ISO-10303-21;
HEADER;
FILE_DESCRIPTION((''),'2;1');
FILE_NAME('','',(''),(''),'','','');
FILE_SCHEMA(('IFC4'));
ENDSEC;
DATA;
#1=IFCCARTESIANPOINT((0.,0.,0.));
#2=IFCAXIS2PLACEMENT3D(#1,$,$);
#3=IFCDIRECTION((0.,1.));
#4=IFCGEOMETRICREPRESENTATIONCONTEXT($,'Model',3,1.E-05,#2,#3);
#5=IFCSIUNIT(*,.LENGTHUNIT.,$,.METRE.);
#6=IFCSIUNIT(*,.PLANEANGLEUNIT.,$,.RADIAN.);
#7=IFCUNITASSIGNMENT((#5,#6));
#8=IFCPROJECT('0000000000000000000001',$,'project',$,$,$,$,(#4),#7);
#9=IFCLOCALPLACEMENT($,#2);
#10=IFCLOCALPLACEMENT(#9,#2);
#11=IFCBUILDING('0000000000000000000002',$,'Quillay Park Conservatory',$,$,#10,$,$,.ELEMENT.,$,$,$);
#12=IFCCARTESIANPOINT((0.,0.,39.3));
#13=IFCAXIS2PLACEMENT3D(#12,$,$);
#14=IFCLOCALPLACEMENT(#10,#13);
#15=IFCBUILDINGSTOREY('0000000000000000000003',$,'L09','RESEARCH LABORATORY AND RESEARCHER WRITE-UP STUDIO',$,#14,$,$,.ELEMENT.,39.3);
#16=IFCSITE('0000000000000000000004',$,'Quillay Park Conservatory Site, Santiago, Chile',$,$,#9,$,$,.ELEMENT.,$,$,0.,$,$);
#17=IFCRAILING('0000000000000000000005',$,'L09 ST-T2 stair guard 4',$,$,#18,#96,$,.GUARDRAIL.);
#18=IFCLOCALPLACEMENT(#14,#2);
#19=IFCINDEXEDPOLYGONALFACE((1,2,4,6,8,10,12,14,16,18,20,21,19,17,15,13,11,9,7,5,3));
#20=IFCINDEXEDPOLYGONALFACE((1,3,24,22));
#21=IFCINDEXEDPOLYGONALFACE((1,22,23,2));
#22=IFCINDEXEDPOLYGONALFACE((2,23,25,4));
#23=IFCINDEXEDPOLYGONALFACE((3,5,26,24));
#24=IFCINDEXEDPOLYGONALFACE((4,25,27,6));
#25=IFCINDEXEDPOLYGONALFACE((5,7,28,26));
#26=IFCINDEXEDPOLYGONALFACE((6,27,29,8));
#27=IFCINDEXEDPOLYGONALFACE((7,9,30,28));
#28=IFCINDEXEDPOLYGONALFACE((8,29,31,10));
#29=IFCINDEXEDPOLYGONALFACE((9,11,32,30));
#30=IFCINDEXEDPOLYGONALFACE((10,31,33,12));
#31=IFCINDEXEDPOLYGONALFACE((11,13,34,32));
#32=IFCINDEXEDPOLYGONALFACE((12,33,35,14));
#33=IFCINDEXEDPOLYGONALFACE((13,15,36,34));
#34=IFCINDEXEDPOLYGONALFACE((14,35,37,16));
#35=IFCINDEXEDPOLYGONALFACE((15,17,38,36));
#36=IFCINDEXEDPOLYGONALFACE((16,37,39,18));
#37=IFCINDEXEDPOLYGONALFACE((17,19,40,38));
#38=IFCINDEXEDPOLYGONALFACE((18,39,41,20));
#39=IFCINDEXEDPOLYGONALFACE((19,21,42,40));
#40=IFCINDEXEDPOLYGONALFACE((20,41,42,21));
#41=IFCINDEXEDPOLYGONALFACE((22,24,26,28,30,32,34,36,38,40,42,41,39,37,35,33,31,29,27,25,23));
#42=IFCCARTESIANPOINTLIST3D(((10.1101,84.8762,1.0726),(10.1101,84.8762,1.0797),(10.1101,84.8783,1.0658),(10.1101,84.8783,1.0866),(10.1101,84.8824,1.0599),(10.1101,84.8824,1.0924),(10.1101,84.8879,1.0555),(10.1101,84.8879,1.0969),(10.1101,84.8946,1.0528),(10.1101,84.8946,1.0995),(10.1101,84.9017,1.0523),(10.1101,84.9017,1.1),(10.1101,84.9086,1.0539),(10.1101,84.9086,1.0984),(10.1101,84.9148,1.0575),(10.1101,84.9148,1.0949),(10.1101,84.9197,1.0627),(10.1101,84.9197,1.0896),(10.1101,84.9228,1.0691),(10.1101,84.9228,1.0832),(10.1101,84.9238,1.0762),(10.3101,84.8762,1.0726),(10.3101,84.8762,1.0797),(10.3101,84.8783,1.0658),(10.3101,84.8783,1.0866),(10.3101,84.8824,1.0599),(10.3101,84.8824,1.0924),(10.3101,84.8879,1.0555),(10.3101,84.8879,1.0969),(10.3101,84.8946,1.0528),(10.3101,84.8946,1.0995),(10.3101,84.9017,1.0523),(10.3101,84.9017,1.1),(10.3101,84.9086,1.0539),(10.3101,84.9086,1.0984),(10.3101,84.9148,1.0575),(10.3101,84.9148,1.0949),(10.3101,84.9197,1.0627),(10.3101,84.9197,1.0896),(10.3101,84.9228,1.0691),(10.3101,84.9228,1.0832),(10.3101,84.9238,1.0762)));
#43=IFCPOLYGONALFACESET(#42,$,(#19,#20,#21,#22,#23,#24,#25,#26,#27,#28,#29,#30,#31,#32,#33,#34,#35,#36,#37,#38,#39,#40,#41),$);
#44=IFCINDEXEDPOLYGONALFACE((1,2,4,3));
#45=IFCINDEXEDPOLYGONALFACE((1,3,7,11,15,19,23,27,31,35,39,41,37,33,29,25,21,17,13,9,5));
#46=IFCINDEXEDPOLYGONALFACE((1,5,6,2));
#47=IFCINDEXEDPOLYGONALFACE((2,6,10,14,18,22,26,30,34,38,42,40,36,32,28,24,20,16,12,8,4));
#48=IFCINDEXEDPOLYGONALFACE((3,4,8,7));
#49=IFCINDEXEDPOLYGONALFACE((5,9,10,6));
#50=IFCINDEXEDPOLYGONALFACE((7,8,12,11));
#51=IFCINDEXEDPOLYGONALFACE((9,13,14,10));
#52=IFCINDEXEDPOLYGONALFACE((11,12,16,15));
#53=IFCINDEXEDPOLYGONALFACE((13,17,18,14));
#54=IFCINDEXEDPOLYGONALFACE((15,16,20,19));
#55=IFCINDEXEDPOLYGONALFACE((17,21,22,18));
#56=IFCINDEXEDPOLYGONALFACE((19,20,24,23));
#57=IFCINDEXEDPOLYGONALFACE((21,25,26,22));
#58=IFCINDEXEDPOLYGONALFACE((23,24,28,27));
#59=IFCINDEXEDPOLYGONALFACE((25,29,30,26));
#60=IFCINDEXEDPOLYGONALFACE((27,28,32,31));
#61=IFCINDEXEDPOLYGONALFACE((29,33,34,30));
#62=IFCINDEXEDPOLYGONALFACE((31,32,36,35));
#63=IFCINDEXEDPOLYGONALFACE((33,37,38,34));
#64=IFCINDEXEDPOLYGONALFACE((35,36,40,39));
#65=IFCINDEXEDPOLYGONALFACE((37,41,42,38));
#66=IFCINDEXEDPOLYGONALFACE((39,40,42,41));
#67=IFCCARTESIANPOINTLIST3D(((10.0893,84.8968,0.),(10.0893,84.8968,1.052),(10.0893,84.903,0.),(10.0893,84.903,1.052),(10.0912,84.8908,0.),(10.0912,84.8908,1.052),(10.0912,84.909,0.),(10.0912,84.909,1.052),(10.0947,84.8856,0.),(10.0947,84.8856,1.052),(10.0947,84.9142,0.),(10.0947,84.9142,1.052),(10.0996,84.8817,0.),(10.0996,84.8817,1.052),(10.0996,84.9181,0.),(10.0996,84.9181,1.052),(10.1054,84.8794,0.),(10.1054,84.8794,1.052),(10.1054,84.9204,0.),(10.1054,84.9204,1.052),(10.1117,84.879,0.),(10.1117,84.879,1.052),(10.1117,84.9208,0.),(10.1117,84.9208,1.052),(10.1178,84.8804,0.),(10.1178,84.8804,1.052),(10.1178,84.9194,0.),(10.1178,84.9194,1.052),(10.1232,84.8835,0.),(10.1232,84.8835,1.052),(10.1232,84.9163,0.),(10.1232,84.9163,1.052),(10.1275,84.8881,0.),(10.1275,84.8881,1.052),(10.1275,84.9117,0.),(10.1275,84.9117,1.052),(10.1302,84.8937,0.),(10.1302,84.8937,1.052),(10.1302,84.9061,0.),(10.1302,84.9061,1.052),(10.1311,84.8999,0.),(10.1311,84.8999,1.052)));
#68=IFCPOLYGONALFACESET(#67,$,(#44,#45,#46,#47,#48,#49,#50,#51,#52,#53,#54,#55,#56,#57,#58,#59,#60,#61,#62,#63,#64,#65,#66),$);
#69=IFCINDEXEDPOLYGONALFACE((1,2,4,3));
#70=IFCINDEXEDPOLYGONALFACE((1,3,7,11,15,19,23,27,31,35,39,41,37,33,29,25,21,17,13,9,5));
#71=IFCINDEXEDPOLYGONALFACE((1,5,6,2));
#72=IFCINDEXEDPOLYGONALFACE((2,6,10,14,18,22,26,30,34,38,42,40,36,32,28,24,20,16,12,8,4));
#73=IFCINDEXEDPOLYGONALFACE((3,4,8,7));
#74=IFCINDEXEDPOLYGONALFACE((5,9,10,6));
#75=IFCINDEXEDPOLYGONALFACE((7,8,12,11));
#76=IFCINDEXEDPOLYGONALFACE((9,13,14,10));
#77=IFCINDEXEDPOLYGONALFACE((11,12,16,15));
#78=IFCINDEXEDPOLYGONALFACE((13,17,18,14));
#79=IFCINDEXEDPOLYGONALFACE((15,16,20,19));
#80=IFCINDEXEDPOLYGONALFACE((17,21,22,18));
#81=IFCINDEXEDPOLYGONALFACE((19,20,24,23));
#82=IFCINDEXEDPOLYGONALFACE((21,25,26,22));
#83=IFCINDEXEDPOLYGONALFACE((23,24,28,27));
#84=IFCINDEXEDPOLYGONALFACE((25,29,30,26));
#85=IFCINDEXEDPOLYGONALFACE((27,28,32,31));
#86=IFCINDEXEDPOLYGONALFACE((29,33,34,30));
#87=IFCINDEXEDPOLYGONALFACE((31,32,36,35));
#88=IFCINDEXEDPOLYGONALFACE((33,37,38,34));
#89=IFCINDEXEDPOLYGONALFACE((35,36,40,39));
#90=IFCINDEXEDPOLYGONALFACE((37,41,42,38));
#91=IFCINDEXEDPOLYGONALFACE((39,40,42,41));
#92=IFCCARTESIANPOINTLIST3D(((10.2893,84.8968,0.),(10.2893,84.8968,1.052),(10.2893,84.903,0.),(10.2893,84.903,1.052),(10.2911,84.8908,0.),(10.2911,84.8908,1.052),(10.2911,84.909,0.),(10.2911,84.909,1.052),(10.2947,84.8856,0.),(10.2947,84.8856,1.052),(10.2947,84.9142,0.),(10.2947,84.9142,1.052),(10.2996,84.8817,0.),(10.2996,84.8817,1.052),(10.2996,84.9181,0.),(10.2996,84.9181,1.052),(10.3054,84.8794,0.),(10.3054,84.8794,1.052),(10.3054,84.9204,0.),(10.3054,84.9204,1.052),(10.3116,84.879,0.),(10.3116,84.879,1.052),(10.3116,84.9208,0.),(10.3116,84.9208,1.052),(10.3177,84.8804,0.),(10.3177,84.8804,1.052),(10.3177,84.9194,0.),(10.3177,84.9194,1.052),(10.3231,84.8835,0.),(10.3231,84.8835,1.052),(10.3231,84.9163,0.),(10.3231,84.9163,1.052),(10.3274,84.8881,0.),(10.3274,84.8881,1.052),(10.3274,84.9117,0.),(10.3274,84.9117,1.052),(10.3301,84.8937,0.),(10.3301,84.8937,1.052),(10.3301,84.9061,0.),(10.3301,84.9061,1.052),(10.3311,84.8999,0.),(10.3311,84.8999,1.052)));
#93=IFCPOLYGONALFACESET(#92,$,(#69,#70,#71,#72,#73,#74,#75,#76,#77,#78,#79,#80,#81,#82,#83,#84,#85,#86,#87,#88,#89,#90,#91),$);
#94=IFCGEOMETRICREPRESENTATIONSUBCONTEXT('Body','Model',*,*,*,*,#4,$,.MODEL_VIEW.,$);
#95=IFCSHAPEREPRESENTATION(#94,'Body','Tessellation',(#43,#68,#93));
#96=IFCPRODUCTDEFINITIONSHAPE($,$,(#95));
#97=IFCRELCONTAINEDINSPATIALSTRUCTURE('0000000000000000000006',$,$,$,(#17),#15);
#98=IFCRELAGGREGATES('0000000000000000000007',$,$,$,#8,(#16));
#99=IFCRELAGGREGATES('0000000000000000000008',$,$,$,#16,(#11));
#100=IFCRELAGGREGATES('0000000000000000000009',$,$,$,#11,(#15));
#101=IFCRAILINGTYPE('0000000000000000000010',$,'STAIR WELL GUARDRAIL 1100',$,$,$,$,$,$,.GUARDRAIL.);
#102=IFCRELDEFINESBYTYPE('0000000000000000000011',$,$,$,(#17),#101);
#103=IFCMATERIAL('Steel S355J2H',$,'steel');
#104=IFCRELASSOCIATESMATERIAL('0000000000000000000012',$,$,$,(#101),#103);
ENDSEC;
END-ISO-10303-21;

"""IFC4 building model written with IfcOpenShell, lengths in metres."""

from ifc_helpers import new_model, si_unit, direction, frame, origin, origin_2d, place, context, subcontext, project, spatial, circle, extrude, material, type_object, element, save


model = new_model("IFC4")

# Units and contexts
model_context = context("Model", 3, precision=1e-05, world=origin(), true_north=direction((0.0, 1.0)))
body_context = subcontext(model_context, "Body", "Model", "MODEL_VIEW")
ifc_project = project(units=[si_unit("LENGTHUNIT", "METRE"), si_unit("PLANEANGLEUNIT", "RADIAN")], contexts=[model_context])

# Site, building, storey
site_placement = place(None, origin())
site = spatial("IfcSite", under=ifc_project, at=site_placement, Name="Quillay Park Conservatory Site, Santiago, Chile", CompositionType="ELEMENT", RefElevation=0.0)
building_placement = place(site_placement, origin())
building = spatial("IfcBuilding", under=site, at=building_placement, Name="Quillay Park Conservatory", CompositionType="ELEMENT")
storey_placement = place(building_placement, frame((0.0, 0.0, 39.3)))
storey = spatial("IfcBuildingStorey", under=building, at=storey_placement, Name="L09", Description="RESEARCH LABORATORY AND RESEARCHER WRITE-UP STUDIO", CompositionType="ELEMENT", Elevation=39.3)

# Railing
ifc_material_1 = material(Name="Steel S355J2H", Category="steel")
railing_type_1 = type_object("IfcRailingType", Name="STAIR WELL GUARDRAIL 1100", PredefinedType="GUARDRAIL", material=ifc_material_1)
railing_1_placement = place(storey_placement, frame((10.1101, 84.8999, 0.0)))
element("IfcRailing", 1, at=railing_1_placement, inside=storey, type_object=railing_type_1, Name="L09 ST-T2 stair guard 4", PredefinedType="GUARDRAIL", context=body_context, shape_type="SweptSolid", body=[
    extrude(circle(Radius=0.0239, at=origin_2d()), frame((0.0, 0.0, 1.0762), z_axis=(1.0, 0.0, 0.0), x_axis=(0.0, 1.0, 0.0)), (0.0, 0.0, 1.0), 0.2),
    extrude(circle(Radius=0.021, at=origin_2d()), origin(), (0.0, 0.0, 1.0), 1.052),
    extrude(circle(Radius=0.021, at=origin_2d()), frame((0.2, 0.0, 0.0)), (0.0, 0.0, 1.0), 1.052),
])

save(model, "model.ifc")
